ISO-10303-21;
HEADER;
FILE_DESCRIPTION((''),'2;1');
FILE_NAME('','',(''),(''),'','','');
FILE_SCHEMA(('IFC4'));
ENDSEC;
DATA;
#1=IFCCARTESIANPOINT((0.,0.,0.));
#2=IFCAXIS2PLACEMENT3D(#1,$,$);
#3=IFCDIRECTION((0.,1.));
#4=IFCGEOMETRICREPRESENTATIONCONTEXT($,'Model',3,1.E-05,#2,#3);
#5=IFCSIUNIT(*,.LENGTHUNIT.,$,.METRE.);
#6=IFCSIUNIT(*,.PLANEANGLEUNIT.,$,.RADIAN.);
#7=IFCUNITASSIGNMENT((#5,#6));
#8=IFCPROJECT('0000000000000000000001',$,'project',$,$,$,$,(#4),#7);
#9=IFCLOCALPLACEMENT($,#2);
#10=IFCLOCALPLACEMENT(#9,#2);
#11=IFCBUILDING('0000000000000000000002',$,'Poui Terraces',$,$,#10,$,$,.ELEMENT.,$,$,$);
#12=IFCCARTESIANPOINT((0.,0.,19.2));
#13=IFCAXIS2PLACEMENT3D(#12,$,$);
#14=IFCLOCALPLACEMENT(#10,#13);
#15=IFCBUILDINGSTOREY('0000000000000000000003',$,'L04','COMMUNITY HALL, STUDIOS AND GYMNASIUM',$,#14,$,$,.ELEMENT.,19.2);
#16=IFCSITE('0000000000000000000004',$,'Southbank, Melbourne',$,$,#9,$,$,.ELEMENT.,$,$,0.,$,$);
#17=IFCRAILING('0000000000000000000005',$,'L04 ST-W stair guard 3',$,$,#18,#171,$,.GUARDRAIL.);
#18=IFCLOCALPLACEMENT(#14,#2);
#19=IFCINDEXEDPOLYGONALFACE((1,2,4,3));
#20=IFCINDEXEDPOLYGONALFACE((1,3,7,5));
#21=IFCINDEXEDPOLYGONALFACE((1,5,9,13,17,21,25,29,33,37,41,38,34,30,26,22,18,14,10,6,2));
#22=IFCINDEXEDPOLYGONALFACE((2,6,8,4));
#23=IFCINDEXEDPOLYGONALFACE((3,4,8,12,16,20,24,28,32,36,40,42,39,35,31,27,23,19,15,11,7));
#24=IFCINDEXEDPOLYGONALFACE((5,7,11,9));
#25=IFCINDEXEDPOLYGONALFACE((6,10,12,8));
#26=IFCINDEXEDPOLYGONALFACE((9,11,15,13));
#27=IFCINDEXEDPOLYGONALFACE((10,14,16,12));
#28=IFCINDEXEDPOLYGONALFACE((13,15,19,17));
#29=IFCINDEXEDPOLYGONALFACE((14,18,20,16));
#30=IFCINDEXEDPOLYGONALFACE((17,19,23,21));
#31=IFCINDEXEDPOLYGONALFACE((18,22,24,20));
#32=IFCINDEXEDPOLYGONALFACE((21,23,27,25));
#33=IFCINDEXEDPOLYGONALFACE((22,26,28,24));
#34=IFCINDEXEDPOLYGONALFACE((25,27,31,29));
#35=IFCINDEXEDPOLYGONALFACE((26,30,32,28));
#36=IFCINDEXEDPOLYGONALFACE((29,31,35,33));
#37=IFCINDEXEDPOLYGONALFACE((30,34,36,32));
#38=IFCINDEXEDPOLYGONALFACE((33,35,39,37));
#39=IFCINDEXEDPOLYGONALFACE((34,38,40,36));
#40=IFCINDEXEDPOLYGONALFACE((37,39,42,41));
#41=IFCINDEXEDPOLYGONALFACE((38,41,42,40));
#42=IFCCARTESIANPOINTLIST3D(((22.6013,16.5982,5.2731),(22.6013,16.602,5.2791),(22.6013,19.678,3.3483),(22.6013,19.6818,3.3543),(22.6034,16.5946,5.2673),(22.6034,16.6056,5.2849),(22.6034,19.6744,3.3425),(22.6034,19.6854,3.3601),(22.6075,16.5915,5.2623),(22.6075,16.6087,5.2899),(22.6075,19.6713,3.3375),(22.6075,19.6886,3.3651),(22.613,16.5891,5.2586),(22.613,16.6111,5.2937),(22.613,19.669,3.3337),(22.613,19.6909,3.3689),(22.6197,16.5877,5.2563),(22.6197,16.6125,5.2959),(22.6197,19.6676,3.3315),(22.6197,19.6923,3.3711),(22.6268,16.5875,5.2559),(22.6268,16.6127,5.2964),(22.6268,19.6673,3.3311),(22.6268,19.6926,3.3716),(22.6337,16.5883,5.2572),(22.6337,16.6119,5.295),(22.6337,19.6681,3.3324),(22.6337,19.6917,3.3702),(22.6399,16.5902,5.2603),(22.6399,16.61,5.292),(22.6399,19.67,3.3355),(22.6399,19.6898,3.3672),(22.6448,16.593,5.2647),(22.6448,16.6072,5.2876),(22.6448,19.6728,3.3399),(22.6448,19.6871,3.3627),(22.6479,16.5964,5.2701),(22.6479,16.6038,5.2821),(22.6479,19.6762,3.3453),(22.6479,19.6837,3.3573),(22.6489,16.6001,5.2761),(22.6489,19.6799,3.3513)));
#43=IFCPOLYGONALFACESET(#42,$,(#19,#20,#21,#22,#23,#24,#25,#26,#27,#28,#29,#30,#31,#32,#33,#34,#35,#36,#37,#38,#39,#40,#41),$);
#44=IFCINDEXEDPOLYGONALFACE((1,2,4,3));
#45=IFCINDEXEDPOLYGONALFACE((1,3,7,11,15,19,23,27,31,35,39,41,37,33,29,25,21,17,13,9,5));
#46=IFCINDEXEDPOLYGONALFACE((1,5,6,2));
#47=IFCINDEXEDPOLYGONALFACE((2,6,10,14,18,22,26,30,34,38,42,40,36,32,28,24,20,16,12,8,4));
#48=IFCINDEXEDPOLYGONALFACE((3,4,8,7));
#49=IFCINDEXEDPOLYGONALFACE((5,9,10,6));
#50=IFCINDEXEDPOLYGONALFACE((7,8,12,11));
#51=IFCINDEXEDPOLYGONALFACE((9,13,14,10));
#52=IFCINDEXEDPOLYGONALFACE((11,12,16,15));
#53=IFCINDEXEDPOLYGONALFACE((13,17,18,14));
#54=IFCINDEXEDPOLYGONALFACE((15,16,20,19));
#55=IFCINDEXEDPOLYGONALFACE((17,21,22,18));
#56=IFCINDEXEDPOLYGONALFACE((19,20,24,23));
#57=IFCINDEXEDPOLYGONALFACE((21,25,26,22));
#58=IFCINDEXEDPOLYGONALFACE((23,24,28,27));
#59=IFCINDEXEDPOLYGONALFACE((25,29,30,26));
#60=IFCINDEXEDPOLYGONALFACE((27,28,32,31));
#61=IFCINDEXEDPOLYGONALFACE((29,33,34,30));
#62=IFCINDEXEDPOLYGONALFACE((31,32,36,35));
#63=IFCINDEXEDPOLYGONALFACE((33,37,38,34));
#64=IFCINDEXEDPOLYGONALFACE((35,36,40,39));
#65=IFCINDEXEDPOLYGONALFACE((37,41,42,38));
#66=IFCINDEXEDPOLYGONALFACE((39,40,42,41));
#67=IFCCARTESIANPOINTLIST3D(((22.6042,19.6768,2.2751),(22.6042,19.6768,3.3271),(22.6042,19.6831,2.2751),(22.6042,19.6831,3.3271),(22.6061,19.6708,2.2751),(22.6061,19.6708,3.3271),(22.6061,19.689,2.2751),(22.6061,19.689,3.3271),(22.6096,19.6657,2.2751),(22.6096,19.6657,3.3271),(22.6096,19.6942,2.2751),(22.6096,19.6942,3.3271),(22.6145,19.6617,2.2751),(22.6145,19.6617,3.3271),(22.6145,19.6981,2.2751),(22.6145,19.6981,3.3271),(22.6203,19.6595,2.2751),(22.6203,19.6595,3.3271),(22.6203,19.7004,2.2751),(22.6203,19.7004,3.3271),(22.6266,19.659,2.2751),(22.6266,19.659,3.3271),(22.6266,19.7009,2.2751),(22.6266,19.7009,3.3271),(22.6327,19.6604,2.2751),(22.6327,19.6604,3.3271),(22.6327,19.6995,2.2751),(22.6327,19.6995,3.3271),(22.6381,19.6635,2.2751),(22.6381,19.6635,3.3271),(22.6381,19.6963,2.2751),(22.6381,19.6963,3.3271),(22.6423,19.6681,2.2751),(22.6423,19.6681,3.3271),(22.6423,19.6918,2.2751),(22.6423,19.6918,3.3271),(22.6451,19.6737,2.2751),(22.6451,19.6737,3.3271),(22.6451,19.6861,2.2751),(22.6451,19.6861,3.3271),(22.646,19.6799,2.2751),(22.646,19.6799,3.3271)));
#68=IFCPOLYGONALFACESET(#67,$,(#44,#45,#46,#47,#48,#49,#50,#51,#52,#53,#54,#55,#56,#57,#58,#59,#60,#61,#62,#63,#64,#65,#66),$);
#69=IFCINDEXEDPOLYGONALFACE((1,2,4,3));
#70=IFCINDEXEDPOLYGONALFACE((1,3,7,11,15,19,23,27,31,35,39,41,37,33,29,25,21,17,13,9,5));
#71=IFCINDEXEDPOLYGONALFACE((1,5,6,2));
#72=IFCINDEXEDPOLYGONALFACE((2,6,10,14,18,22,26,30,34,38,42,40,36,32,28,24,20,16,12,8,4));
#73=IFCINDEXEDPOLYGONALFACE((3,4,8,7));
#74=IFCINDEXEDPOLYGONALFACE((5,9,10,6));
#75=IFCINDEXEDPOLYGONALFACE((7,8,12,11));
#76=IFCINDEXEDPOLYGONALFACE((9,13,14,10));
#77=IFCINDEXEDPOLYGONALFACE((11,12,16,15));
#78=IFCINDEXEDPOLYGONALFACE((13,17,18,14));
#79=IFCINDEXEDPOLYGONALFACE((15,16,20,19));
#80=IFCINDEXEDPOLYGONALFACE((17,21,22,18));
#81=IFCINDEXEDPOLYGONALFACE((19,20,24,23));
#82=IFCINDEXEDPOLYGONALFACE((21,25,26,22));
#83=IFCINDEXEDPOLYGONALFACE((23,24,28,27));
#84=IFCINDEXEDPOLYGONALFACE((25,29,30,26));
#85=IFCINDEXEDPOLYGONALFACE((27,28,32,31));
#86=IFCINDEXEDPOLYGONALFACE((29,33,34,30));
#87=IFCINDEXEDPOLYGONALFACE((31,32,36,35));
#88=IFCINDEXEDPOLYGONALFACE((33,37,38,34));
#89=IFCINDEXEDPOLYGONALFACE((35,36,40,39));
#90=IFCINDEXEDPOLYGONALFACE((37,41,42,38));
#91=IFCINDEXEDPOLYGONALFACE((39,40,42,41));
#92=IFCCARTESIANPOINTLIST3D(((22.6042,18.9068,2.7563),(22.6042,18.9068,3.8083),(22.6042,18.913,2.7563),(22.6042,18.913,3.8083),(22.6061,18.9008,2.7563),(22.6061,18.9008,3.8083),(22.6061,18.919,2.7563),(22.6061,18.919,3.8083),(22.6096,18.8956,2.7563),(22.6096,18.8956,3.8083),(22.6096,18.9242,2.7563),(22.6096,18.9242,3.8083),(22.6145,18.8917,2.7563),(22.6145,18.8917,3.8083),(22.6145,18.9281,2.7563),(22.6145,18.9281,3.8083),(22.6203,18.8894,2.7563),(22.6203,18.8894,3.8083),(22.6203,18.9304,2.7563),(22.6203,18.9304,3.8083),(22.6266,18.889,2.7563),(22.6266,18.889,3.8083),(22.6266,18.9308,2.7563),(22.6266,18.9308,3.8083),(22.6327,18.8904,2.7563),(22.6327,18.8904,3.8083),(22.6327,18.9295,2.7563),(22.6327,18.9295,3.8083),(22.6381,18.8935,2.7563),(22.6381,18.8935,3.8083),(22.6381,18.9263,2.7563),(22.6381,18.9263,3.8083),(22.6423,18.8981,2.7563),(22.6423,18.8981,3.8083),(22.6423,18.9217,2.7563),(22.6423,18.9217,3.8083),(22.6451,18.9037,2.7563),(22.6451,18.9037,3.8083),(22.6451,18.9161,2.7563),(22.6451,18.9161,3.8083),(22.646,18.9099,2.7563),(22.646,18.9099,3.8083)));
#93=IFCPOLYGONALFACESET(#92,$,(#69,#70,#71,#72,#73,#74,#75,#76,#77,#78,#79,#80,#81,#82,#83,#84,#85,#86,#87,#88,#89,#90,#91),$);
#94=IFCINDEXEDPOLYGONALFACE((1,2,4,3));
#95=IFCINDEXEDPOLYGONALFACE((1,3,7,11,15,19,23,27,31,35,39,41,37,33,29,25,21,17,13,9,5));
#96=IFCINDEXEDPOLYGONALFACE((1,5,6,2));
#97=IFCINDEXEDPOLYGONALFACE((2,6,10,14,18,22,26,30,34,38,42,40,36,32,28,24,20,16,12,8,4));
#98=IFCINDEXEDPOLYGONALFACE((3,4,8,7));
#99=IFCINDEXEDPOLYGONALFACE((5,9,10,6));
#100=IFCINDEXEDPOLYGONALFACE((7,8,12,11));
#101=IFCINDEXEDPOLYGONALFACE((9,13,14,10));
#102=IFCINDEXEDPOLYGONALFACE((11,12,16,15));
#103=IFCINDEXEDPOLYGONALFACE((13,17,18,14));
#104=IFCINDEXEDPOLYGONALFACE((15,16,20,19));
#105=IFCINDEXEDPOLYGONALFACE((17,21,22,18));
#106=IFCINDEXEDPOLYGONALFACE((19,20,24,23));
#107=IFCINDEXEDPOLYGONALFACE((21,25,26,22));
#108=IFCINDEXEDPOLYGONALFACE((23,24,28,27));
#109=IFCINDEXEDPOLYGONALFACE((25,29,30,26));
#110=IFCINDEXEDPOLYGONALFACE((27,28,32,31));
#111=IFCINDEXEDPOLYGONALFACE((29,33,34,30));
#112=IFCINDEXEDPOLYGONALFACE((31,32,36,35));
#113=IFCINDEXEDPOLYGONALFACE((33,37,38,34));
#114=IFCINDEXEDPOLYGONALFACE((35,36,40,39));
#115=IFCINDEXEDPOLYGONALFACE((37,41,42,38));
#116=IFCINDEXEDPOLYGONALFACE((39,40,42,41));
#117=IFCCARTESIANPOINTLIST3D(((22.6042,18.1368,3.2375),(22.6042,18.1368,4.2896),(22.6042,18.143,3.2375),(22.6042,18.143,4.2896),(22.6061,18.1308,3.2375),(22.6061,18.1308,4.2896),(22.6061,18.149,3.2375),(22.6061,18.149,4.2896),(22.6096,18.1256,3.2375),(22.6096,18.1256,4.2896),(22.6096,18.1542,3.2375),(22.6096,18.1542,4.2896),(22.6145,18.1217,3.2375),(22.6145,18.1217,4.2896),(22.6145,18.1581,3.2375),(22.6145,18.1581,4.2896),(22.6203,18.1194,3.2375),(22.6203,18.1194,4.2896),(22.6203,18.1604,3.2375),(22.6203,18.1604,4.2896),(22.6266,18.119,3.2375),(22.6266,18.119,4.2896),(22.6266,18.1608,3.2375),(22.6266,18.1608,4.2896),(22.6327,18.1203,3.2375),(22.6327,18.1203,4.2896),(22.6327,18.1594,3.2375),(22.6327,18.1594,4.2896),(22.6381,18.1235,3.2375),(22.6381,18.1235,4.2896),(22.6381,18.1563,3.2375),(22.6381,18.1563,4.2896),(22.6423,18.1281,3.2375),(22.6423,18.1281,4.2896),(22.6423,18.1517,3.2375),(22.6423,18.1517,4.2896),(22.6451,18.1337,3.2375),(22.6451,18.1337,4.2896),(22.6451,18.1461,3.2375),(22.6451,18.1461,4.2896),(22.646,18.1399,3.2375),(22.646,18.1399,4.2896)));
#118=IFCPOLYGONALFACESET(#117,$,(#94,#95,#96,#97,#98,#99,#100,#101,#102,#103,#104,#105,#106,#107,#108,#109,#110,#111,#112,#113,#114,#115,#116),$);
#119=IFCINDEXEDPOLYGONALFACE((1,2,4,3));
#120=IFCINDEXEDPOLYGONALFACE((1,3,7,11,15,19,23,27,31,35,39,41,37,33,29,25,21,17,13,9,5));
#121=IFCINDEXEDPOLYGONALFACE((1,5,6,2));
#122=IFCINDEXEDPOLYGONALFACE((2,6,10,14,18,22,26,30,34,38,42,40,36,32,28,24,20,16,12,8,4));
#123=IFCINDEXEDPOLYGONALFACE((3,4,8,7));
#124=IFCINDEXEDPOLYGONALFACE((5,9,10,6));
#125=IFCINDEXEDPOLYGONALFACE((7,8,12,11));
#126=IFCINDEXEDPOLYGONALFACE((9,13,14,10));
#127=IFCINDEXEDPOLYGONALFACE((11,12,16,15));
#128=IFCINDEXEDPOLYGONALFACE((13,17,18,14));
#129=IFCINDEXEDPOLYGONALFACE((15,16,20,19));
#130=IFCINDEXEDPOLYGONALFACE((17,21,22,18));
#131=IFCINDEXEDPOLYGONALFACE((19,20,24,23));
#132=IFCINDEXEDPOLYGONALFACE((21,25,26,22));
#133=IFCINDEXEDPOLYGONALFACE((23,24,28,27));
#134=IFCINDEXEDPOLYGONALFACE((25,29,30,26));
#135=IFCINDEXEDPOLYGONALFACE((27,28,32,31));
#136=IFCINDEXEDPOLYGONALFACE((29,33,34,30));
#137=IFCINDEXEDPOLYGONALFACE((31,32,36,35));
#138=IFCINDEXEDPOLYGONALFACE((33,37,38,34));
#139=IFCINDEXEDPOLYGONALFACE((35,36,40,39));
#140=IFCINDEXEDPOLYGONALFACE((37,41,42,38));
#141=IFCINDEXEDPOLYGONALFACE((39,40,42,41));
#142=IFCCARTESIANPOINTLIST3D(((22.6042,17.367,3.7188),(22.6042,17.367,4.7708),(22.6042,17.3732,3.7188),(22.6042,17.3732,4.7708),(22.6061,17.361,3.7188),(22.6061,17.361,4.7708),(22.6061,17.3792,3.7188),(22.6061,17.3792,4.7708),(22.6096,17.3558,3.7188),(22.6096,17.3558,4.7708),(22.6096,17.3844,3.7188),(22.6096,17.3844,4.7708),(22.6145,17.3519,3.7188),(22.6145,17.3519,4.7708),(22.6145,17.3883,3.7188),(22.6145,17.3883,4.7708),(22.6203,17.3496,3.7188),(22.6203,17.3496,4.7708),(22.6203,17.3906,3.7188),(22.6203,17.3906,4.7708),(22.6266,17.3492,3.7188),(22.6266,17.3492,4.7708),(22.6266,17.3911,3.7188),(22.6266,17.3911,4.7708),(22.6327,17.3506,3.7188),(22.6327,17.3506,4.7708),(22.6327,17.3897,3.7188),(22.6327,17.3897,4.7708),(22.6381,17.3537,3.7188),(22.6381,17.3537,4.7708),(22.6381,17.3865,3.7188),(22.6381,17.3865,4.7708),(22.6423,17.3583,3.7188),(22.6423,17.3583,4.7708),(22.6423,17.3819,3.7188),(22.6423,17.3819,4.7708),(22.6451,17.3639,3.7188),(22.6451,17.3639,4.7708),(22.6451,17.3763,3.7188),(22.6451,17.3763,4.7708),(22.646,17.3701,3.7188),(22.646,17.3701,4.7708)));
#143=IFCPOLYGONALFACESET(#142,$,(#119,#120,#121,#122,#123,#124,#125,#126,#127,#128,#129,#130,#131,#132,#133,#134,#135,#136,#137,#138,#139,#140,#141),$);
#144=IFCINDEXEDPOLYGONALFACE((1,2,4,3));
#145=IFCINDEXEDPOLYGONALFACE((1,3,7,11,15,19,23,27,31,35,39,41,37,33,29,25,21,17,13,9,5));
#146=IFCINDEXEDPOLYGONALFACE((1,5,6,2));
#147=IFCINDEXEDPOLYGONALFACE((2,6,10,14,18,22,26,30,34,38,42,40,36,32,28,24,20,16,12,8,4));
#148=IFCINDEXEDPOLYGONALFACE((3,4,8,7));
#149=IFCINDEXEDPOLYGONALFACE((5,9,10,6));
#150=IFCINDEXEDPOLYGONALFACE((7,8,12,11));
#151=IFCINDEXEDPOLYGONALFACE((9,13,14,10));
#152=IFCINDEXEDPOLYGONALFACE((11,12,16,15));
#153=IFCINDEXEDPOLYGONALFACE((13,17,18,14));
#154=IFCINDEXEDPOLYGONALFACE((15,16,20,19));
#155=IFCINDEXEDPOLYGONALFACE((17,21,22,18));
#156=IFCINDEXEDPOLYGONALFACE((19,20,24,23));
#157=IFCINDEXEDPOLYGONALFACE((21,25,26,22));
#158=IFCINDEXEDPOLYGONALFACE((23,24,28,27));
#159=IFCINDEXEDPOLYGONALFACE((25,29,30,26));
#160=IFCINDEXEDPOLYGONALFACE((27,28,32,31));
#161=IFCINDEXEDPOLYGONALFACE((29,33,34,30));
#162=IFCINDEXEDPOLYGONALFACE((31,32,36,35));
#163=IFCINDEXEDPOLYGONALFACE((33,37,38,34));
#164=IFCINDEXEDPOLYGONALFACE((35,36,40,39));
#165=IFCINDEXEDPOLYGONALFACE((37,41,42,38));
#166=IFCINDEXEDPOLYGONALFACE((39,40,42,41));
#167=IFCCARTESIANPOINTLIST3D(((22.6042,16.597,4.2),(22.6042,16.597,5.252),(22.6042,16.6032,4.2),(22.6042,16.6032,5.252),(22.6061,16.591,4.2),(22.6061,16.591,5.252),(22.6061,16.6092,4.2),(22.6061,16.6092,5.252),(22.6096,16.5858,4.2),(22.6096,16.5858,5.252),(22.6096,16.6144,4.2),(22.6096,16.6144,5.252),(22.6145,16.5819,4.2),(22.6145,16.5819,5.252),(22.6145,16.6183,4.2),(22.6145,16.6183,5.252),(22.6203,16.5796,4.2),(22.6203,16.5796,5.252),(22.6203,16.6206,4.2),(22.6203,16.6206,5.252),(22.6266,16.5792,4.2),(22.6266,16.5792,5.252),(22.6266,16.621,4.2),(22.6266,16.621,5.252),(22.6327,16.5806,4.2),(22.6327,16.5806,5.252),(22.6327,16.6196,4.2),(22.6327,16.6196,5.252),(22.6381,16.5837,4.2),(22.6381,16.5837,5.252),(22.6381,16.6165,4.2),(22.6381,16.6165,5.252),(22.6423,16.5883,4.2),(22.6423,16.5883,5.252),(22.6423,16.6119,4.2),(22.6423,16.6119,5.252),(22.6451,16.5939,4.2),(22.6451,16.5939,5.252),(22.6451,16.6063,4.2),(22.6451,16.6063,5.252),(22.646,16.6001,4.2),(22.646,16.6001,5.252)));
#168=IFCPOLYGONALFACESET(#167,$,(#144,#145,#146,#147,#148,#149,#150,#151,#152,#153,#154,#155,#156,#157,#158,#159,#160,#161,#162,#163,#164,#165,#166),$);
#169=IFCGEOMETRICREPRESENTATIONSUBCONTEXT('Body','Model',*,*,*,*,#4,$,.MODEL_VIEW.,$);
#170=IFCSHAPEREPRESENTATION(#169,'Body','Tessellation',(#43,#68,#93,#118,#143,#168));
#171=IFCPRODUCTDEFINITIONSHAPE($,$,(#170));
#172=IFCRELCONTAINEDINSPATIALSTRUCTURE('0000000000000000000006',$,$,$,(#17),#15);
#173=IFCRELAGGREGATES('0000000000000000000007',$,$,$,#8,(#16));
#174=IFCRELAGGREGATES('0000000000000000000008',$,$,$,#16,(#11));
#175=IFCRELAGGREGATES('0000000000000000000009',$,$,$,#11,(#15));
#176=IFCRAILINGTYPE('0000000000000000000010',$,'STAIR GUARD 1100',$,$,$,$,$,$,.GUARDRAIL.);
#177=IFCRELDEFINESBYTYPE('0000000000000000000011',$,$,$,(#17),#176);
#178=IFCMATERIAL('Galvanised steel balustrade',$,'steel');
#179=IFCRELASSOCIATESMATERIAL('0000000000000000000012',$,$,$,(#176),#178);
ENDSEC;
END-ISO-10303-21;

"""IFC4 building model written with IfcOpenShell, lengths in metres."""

from ifc_helpers import new_model, si_unit, direction, frame, origin, origin_2d, place, context, subcontext, project, spatial, circle, extrude, material, type_object, element, save


model = new_model("IFC4")

# Units and contexts
model_context = context("Model", 3, precision=1e-05, world=origin(), true_north=direction((0.0, 1.0)))
body_context = subcontext(model_context, "Body", "Model", "MODEL_VIEW")
ifc_project = project(units=[si_unit("LENGTHUNIT", "METRE"), si_unit("PLANEANGLEUNIT", "RADIAN")], contexts=[model_context])

# Site, building, storey
site_placement = place(None, origin())
site = spatial("IfcSite", under=ifc_project, at=site_placement, Name="Southbank, Melbourne", CompositionType="ELEMENT", RefElevation=0.0)
building_placement = place(site_placement, origin())
building = spatial("IfcBuilding", under=site, at=building_placement, Name="Poui Terraces", CompositionType="ELEMENT")
storey_placement = place(building_placement, frame((0.0, 0.0, 19.2)))
storey = spatial("IfcBuildingStorey", under=building, at=storey_placement, Name="L04", Description="COMMUNITY HALL, STUDIOS AND GYMNASIUM", CompositionType="ELEMENT", Elevation=19.2)

# Railing
ifc_material_1 = material(Name="Galvanised steel balustrade", Category="steel")
railing_type_1 = type_object("IfcRailingType", Name="STAIR GUARD 1100", PredefinedType="GUARDRAIL", material=ifc_material_1)
railing_1_placement = place(storey_placement, frame((22.625, 19.6799, 2.2751)))
element("IfcRailing", 1, at=railing_1_placement, inside=storey, type_object=railing_type_1, Name="L04 ST-W stair guard 3", PredefinedType="GUARDRAIL", context=body_context, shape_type="SweptSolid", body=[
    extrude(circle(Radius=0.0239, at=origin_2d()), frame((0.0, 0.0, 1.0762), z_axis=(0.0, -0.84801, 0.529981), x_axis=(1.0, 0.0, 0.0)), (0.0, 0.0, 1.0), 3.6318),
    extrude(circle(Radius=0.021, at=origin_2d()), origin(), (0.0, 0.0, 1.0), 1.052),
    extrude(circle(Radius=0.021, at=origin_2d()), frame((0.0, -0.77, 0.4812)), (0.0, 0.0, 1.0), 1.052),
    extrude(circle(Radius=0.021, at=origin_2d()), frame((0.0, -1.54, 0.9624)), (0.0, 0.0, 1.0), 1.052),
    extrude(circle(Radius=0.021, at=origin_2d()), frame((0.0, -2.3098, 1.4436)), (0.0, 0.0, 1.0), 1.052),
    extrude(circle(Radius=0.021, at=origin_2d()), frame((0.0, -3.0798, 1.9248)), (0.0, 0.0, 1.0), 1.052),
])

save(model, "model.ifc")
